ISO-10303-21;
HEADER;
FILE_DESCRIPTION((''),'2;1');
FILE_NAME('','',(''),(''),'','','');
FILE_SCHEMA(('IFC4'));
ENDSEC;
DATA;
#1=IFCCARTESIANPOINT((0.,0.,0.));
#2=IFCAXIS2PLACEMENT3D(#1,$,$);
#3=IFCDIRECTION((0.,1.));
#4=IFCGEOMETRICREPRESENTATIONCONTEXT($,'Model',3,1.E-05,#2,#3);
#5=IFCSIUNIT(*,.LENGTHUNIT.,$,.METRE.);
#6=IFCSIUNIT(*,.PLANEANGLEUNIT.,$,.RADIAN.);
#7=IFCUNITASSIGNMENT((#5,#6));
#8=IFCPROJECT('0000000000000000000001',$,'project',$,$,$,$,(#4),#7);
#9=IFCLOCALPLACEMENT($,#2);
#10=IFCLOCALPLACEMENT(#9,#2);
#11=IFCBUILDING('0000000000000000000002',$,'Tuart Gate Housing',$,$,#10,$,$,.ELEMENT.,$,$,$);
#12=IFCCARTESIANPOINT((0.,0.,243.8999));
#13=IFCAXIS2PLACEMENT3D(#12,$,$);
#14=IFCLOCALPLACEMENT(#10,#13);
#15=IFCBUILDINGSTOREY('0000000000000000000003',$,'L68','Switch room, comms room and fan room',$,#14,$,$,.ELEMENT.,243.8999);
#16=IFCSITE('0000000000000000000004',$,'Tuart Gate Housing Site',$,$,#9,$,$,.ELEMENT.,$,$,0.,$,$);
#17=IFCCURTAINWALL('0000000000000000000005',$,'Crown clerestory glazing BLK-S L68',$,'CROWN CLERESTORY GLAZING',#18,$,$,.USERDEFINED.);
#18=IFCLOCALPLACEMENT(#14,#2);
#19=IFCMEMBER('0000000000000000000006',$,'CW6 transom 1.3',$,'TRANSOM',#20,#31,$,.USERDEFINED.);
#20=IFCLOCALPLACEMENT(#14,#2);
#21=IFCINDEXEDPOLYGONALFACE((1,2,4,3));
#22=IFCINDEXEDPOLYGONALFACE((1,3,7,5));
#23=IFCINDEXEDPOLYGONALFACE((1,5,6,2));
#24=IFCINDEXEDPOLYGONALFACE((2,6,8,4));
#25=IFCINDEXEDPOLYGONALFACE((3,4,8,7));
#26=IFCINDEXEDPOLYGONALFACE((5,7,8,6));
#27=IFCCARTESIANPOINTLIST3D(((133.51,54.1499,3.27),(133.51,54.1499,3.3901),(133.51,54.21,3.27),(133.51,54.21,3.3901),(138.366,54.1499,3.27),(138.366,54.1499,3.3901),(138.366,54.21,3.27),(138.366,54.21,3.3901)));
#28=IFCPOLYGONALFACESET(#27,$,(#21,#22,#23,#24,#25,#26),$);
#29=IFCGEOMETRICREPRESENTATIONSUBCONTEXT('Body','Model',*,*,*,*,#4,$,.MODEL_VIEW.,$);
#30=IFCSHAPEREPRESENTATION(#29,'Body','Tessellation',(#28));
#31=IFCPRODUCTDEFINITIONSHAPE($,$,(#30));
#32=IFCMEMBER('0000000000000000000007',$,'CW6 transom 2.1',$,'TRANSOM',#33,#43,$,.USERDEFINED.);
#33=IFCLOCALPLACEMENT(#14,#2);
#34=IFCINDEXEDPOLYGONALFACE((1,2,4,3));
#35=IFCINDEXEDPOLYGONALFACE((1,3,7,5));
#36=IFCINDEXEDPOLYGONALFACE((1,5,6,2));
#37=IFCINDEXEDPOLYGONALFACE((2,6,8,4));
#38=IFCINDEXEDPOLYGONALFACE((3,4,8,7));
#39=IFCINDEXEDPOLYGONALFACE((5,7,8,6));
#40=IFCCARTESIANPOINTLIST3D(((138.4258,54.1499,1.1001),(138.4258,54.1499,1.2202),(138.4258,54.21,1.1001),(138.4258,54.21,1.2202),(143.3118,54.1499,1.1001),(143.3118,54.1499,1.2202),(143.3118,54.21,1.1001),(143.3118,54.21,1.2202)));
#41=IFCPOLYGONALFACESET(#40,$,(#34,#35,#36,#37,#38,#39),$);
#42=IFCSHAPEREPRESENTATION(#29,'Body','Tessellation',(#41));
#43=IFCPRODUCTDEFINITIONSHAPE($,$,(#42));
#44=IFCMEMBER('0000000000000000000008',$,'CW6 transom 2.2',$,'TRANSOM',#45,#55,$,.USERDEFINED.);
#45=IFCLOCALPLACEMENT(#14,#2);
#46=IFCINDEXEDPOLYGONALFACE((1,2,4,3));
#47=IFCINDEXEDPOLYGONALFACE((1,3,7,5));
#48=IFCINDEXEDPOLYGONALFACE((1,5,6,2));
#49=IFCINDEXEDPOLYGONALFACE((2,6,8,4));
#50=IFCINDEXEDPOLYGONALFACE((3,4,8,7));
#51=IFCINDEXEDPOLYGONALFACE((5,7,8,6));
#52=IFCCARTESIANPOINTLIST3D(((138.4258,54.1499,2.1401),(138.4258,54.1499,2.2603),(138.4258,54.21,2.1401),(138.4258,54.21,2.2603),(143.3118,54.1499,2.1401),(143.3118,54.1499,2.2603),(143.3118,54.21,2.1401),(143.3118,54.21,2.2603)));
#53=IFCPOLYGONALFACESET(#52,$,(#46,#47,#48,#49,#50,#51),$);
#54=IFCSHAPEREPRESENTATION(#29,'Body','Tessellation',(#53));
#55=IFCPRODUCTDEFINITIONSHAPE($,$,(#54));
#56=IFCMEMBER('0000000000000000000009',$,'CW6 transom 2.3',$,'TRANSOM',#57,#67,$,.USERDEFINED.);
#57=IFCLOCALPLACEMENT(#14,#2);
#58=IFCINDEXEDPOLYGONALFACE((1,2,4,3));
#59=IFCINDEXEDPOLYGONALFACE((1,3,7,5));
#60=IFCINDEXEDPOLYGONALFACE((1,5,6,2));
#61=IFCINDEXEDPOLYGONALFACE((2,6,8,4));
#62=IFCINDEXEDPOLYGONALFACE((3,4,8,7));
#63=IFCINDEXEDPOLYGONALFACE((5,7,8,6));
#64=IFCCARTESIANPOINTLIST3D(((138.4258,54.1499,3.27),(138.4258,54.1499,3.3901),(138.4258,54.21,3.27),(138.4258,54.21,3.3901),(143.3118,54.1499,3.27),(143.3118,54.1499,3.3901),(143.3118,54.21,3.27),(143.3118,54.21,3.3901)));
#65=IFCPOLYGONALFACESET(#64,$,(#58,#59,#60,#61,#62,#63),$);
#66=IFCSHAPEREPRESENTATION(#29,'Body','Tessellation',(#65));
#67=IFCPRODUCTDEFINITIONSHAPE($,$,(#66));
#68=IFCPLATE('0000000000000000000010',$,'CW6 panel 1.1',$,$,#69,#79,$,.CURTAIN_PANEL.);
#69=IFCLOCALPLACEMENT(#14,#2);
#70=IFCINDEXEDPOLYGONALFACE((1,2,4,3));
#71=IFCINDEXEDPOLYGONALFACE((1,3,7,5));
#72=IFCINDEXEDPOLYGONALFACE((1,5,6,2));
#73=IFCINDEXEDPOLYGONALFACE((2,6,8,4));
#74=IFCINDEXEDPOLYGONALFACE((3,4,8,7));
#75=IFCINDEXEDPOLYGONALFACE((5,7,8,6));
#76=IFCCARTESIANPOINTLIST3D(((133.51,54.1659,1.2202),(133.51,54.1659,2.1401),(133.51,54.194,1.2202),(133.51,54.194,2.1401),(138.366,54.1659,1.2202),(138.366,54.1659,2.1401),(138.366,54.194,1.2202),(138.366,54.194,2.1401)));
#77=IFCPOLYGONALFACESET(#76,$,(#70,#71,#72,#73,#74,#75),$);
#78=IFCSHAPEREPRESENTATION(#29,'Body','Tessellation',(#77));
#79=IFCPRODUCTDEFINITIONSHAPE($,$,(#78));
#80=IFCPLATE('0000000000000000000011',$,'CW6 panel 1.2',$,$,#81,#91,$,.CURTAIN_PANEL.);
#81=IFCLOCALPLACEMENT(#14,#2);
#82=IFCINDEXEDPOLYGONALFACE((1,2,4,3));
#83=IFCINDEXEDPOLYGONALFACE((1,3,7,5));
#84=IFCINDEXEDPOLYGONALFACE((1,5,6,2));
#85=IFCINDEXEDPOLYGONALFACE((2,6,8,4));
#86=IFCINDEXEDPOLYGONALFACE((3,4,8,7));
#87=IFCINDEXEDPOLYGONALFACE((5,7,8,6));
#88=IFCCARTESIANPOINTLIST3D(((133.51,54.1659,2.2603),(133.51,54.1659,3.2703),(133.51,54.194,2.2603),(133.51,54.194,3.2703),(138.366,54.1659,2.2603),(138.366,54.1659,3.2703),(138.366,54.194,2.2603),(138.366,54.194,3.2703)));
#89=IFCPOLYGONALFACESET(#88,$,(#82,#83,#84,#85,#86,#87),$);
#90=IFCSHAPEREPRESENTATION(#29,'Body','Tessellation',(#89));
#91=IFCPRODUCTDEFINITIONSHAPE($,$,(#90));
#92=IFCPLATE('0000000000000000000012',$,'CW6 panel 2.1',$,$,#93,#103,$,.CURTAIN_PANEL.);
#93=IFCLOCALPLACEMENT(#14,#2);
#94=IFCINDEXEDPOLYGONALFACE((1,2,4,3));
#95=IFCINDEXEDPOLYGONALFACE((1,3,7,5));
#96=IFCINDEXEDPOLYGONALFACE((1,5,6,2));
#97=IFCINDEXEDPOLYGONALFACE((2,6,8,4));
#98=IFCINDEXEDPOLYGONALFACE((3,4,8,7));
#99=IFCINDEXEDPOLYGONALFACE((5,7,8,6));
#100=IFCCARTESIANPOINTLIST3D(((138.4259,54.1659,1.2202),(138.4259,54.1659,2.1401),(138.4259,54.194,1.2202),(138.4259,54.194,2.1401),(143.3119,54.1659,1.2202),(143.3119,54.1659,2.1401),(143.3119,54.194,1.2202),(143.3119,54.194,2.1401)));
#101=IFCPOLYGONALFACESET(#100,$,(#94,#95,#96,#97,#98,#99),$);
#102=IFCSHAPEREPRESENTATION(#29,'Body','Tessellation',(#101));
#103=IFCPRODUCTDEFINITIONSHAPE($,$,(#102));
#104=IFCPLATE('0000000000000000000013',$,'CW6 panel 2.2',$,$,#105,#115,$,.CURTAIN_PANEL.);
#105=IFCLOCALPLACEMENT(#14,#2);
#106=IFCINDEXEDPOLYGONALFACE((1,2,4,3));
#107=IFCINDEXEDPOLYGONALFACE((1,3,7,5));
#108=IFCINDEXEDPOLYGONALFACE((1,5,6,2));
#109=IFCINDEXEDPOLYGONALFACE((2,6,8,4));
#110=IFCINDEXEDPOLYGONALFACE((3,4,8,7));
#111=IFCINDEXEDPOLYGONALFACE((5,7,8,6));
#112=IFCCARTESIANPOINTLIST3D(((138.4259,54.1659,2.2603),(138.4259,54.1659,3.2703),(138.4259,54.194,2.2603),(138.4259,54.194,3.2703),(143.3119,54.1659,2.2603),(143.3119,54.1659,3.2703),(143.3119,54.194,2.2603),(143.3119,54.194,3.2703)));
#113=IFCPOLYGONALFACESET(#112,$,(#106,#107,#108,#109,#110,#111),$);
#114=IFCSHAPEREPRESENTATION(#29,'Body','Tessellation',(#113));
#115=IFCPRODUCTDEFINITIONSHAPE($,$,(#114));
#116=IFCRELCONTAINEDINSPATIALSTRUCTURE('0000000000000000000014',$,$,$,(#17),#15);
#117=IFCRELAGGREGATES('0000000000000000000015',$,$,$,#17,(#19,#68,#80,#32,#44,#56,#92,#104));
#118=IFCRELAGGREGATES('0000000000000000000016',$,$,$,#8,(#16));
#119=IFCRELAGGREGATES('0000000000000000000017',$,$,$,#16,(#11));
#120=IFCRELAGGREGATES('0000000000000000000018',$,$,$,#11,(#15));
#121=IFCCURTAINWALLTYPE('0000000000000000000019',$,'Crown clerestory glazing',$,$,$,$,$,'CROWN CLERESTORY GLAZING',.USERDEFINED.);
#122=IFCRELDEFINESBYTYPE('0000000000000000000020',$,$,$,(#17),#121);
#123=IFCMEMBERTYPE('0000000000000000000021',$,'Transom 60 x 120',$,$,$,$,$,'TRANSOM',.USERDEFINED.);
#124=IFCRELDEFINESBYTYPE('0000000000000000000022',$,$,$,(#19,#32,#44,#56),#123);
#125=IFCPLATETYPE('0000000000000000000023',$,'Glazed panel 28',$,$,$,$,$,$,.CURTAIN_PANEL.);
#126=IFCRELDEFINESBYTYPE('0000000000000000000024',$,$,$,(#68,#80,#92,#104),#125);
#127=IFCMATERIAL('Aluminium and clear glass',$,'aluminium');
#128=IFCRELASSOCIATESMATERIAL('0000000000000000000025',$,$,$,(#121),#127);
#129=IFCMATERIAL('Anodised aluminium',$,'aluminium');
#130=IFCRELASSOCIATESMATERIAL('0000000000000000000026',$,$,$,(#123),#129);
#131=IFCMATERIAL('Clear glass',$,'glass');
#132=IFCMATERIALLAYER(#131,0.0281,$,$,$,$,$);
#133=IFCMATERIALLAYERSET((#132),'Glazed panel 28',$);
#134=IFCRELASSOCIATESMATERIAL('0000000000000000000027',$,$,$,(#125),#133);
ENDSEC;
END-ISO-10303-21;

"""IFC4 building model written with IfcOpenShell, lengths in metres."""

from ifc_helpers import new_model, si_unit, direction, frame, origin, origin_2d, place, context, subcontext, project, spatial, rectangle, extrude, material, layer, layer_set, material_profile, profile_set, type_object, element, aggregate, save


model = new_model("IFC4")

# Units and contexts
model_context = context("Model", 3, precision=1e-05, world=origin(), true_north=direction((0.0, 1.0)))
body_context = subcontext(model_context, "Body", "Model", "MODEL_VIEW")
ifc_project = project(units=[si_unit("LENGTHUNIT", "METRE"), si_unit("PLANEANGLEUNIT", "RADIAN")], contexts=[model_context])

# Site, building, storey
site_placement = place(None, origin())
site = spatial("IfcSite", under=ifc_project, at=site_placement, Name="Tuart Gate Housing Site", CompositionType="ELEMENT", RefElevation=0.0)
building_placement = place(site_placement, origin())
building = spatial("IfcBuilding", under=site, at=building_placement, Name="Tuart Gate Housing", CompositionType="ELEMENT")
storey_placement = place(building_placement, frame((0.0, 0.0, 243.8999)))
storey = spatial("IfcBuildingStorey", under=building, at=storey_placement, Name="L68", Description="Switch room, comms room and fan room", CompositionType="ELEMENT", Elevation=243.8999)

# Curtain wall, members, plates
ifc_material_1 = material(Name="Aluminium and clear glass", Category="aluminium")
curtain_wall_type = type_object("IfcCurtainWallType", Name="Crown clerestory glazing", ElementType="CROWN CLERESTORY GLAZING", PredefinedType="USERDEFINED", material=ifc_material_1)
curtain_wall_placement = place(storey_placement, origin())
curtain_wall = element("IfcCurtainWall", 1, at=curtain_wall_placement, inside=storey, type_object=curtain_wall_type, Name="Crown clerestory glazing BLK-S L68", ObjectType="CROWN CLERESTORY GLAZING", PredefinedType="USERDEFINED")
ifc_material_2 = material(Name="Anodised aluminium", Category="aluminium")
ifc_material_profile_1 = material_profile(ifc_material_2, rectangle(XDim=0.0601, YDim=0.1201, at=origin_2d()), Name="60x120")
ifc_profile_set_1 = profile_set([ifc_material_profile_1], Name="Anodised aluminium")
member_type_1 = type_object("IfcMemberType", Name="Transom 60 x 120", ElementType="TRANSOM", PredefinedType="USERDEFINED", material=ifc_profile_set_1)
member_1_placement = place(storey_placement, frame((133.51, 54.1799, 3.3301), z_axis=(1.0, 0.0, 0.0), x_axis=(0.0, 1.0, 0.0)))
member_1 = element("IfcMember", 2, at=member_1_placement, type_object=member_type_1, Name="CW6 transom 1.3", ObjectType="TRANSOM", PredefinedType="USERDEFINED", context=body_context, shape_type="SweptSolid", body=[
    extrude(rectangle(XDim=0.0601, YDim=0.1201, at=origin_2d()), origin(), (0.0, 0.0, 1.0), 4.856),
])
member_2_placement = place(storey_placement, frame((138.4258, 54.1799, 1.1602), z_axis=(1.0, 0.0, 0.0), x_axis=(0.0, 1.0, 0.0)))
member_2 = element("IfcMember", 3, at=member_2_placement, type_object=member_type_1, Name="CW6 transom 2.1", ObjectType="TRANSOM", PredefinedType="USERDEFINED", context=body_context, shape_type="SweptSolid", body=[
    extrude(rectangle(XDim=0.0601, YDim=0.1201, at=origin_2d()), origin(), (0.0, 0.0, 1.0), 4.886),
])
member_3_placement = place(storey_placement, frame((138.4258, 54.1799, 2.2002), z_axis=(1.0, 0.0, 0.0), x_axis=(0.0, 1.0, 0.0)))
member_3 = element("IfcMember", 4, at=member_3_placement, type_object=member_type_1, Name="CW6 transom 2.2", ObjectType="TRANSOM", PredefinedType="USERDEFINED", context=body_context, shape_type="SweptSolid", body=[
    extrude(rectangle(XDim=0.0601, YDim=0.1201, at=origin_2d()), origin(), (0.0, 0.0, 1.0), 4.886),
])
member_4_placement = place(storey_placement, frame((138.4258, 54.1799, 3.3301), z_axis=(1.0, 0.0, 0.0), x_axis=(0.0, 1.0, 0.0)))
member_4 = element("IfcMember", 5, at=member_4_placement, type_object=member_type_1, Name="CW6 transom 2.3", ObjectType="TRANSOM", PredefinedType="USERDEFINED", context=body_context, shape_type="SweptSolid", body=[
    extrude(rectangle(XDim=0.0601, YDim=0.1201, at=origin_2d()), origin(), (0.0, 0.0, 1.0), 4.886),
])
ifc_material_3 = material(Name="Clear glass", Category="glass")
ifc_layer_1 = layer(ifc_material_3, 0.0281)
ifc_layer_set_1 = layer_set([ifc_layer_1], Name="Glazed panel 28")
plate_type = type_object("IfcPlateType", Name="Glazed panel 28", PredefinedType="CURTAIN_PANEL", material=ifc_layer_set_1)
plate_1_placement = place(storey_placement, frame((135.938, 54.1799, 1.2202), z_axis=(0.0, 0.0, 1.0), x_axis=(1.0, 0.0, 0.0)))
plate_1 = element("IfcPlate", 6, at=plate_1_placement, type_object=plate_type, Name="CW6 panel 1.1", PredefinedType="CURTAIN_PANEL", context=body_context, shape_type="SweptSolid", body=[
    extrude(rectangle(XDim=4.856, YDim=0.0281, at=origin_2d()), origin(), (0.0, 0.0, 1.0), 0.9199),
])
plate_2_placement = place(storey_placement, frame((135.938, 54.1799, 2.2603), z_axis=(0.0, 0.0, 1.0), x_axis=(1.0, 0.0, 0.0)))
plate_2 = element("IfcPlate", 7, at=plate_2_placement, type_object=plate_type, Name="CW6 panel 1.2", PredefinedType="CURTAIN_PANEL", context=body_context, shape_type="SweptSolid", body=[
    extrude(rectangle(XDim=4.856, YDim=0.0281, at=origin_2d()), origin(), (0.0, 0.0, 1.0), 1.01),
])
plate_3_placement = place(storey_placement, frame((140.8689, 54.1799, 1.2202), z_axis=(0.0, 0.0, 1.0), x_axis=(1.0, 0.0, 0.0)))
plate_3 = element("IfcPlate", 8, at=plate_3_placement, type_object=plate_type, Name="CW6 panel 2.1", PredefinedType="CURTAIN_PANEL", context=body_context, shape_type="SweptSolid", body=[
    extrude(rectangle(XDim=4.886, YDim=0.0281, at=origin_2d()), origin(), (0.0, 0.0, 1.0), 0.9199),
])
plate_4_placement = place(storey_placement, frame((140.8689, 54.1799, 2.2603), z_axis=(0.0, 0.0, 1.0), x_axis=(1.0, 0.0, 0.0)))
plate_4 = element("IfcPlate", 9, at=plate_4_placement, type_object=plate_type, Name="CW6 panel 2.2", PredefinedType="CURTAIN_PANEL", context=body_context, shape_type="SweptSolid", body=[
    extrude(rectangle(XDim=4.886, YDim=0.0281, at=origin_2d()), origin(), (0.0, 0.0, 1.0), 1.01),
])
aggregate(curtain_wall, [member_1, plate_1, plate_2, member_2, member_3, member_4, plate_3, plate_4])

save(model, "model.ifc")
